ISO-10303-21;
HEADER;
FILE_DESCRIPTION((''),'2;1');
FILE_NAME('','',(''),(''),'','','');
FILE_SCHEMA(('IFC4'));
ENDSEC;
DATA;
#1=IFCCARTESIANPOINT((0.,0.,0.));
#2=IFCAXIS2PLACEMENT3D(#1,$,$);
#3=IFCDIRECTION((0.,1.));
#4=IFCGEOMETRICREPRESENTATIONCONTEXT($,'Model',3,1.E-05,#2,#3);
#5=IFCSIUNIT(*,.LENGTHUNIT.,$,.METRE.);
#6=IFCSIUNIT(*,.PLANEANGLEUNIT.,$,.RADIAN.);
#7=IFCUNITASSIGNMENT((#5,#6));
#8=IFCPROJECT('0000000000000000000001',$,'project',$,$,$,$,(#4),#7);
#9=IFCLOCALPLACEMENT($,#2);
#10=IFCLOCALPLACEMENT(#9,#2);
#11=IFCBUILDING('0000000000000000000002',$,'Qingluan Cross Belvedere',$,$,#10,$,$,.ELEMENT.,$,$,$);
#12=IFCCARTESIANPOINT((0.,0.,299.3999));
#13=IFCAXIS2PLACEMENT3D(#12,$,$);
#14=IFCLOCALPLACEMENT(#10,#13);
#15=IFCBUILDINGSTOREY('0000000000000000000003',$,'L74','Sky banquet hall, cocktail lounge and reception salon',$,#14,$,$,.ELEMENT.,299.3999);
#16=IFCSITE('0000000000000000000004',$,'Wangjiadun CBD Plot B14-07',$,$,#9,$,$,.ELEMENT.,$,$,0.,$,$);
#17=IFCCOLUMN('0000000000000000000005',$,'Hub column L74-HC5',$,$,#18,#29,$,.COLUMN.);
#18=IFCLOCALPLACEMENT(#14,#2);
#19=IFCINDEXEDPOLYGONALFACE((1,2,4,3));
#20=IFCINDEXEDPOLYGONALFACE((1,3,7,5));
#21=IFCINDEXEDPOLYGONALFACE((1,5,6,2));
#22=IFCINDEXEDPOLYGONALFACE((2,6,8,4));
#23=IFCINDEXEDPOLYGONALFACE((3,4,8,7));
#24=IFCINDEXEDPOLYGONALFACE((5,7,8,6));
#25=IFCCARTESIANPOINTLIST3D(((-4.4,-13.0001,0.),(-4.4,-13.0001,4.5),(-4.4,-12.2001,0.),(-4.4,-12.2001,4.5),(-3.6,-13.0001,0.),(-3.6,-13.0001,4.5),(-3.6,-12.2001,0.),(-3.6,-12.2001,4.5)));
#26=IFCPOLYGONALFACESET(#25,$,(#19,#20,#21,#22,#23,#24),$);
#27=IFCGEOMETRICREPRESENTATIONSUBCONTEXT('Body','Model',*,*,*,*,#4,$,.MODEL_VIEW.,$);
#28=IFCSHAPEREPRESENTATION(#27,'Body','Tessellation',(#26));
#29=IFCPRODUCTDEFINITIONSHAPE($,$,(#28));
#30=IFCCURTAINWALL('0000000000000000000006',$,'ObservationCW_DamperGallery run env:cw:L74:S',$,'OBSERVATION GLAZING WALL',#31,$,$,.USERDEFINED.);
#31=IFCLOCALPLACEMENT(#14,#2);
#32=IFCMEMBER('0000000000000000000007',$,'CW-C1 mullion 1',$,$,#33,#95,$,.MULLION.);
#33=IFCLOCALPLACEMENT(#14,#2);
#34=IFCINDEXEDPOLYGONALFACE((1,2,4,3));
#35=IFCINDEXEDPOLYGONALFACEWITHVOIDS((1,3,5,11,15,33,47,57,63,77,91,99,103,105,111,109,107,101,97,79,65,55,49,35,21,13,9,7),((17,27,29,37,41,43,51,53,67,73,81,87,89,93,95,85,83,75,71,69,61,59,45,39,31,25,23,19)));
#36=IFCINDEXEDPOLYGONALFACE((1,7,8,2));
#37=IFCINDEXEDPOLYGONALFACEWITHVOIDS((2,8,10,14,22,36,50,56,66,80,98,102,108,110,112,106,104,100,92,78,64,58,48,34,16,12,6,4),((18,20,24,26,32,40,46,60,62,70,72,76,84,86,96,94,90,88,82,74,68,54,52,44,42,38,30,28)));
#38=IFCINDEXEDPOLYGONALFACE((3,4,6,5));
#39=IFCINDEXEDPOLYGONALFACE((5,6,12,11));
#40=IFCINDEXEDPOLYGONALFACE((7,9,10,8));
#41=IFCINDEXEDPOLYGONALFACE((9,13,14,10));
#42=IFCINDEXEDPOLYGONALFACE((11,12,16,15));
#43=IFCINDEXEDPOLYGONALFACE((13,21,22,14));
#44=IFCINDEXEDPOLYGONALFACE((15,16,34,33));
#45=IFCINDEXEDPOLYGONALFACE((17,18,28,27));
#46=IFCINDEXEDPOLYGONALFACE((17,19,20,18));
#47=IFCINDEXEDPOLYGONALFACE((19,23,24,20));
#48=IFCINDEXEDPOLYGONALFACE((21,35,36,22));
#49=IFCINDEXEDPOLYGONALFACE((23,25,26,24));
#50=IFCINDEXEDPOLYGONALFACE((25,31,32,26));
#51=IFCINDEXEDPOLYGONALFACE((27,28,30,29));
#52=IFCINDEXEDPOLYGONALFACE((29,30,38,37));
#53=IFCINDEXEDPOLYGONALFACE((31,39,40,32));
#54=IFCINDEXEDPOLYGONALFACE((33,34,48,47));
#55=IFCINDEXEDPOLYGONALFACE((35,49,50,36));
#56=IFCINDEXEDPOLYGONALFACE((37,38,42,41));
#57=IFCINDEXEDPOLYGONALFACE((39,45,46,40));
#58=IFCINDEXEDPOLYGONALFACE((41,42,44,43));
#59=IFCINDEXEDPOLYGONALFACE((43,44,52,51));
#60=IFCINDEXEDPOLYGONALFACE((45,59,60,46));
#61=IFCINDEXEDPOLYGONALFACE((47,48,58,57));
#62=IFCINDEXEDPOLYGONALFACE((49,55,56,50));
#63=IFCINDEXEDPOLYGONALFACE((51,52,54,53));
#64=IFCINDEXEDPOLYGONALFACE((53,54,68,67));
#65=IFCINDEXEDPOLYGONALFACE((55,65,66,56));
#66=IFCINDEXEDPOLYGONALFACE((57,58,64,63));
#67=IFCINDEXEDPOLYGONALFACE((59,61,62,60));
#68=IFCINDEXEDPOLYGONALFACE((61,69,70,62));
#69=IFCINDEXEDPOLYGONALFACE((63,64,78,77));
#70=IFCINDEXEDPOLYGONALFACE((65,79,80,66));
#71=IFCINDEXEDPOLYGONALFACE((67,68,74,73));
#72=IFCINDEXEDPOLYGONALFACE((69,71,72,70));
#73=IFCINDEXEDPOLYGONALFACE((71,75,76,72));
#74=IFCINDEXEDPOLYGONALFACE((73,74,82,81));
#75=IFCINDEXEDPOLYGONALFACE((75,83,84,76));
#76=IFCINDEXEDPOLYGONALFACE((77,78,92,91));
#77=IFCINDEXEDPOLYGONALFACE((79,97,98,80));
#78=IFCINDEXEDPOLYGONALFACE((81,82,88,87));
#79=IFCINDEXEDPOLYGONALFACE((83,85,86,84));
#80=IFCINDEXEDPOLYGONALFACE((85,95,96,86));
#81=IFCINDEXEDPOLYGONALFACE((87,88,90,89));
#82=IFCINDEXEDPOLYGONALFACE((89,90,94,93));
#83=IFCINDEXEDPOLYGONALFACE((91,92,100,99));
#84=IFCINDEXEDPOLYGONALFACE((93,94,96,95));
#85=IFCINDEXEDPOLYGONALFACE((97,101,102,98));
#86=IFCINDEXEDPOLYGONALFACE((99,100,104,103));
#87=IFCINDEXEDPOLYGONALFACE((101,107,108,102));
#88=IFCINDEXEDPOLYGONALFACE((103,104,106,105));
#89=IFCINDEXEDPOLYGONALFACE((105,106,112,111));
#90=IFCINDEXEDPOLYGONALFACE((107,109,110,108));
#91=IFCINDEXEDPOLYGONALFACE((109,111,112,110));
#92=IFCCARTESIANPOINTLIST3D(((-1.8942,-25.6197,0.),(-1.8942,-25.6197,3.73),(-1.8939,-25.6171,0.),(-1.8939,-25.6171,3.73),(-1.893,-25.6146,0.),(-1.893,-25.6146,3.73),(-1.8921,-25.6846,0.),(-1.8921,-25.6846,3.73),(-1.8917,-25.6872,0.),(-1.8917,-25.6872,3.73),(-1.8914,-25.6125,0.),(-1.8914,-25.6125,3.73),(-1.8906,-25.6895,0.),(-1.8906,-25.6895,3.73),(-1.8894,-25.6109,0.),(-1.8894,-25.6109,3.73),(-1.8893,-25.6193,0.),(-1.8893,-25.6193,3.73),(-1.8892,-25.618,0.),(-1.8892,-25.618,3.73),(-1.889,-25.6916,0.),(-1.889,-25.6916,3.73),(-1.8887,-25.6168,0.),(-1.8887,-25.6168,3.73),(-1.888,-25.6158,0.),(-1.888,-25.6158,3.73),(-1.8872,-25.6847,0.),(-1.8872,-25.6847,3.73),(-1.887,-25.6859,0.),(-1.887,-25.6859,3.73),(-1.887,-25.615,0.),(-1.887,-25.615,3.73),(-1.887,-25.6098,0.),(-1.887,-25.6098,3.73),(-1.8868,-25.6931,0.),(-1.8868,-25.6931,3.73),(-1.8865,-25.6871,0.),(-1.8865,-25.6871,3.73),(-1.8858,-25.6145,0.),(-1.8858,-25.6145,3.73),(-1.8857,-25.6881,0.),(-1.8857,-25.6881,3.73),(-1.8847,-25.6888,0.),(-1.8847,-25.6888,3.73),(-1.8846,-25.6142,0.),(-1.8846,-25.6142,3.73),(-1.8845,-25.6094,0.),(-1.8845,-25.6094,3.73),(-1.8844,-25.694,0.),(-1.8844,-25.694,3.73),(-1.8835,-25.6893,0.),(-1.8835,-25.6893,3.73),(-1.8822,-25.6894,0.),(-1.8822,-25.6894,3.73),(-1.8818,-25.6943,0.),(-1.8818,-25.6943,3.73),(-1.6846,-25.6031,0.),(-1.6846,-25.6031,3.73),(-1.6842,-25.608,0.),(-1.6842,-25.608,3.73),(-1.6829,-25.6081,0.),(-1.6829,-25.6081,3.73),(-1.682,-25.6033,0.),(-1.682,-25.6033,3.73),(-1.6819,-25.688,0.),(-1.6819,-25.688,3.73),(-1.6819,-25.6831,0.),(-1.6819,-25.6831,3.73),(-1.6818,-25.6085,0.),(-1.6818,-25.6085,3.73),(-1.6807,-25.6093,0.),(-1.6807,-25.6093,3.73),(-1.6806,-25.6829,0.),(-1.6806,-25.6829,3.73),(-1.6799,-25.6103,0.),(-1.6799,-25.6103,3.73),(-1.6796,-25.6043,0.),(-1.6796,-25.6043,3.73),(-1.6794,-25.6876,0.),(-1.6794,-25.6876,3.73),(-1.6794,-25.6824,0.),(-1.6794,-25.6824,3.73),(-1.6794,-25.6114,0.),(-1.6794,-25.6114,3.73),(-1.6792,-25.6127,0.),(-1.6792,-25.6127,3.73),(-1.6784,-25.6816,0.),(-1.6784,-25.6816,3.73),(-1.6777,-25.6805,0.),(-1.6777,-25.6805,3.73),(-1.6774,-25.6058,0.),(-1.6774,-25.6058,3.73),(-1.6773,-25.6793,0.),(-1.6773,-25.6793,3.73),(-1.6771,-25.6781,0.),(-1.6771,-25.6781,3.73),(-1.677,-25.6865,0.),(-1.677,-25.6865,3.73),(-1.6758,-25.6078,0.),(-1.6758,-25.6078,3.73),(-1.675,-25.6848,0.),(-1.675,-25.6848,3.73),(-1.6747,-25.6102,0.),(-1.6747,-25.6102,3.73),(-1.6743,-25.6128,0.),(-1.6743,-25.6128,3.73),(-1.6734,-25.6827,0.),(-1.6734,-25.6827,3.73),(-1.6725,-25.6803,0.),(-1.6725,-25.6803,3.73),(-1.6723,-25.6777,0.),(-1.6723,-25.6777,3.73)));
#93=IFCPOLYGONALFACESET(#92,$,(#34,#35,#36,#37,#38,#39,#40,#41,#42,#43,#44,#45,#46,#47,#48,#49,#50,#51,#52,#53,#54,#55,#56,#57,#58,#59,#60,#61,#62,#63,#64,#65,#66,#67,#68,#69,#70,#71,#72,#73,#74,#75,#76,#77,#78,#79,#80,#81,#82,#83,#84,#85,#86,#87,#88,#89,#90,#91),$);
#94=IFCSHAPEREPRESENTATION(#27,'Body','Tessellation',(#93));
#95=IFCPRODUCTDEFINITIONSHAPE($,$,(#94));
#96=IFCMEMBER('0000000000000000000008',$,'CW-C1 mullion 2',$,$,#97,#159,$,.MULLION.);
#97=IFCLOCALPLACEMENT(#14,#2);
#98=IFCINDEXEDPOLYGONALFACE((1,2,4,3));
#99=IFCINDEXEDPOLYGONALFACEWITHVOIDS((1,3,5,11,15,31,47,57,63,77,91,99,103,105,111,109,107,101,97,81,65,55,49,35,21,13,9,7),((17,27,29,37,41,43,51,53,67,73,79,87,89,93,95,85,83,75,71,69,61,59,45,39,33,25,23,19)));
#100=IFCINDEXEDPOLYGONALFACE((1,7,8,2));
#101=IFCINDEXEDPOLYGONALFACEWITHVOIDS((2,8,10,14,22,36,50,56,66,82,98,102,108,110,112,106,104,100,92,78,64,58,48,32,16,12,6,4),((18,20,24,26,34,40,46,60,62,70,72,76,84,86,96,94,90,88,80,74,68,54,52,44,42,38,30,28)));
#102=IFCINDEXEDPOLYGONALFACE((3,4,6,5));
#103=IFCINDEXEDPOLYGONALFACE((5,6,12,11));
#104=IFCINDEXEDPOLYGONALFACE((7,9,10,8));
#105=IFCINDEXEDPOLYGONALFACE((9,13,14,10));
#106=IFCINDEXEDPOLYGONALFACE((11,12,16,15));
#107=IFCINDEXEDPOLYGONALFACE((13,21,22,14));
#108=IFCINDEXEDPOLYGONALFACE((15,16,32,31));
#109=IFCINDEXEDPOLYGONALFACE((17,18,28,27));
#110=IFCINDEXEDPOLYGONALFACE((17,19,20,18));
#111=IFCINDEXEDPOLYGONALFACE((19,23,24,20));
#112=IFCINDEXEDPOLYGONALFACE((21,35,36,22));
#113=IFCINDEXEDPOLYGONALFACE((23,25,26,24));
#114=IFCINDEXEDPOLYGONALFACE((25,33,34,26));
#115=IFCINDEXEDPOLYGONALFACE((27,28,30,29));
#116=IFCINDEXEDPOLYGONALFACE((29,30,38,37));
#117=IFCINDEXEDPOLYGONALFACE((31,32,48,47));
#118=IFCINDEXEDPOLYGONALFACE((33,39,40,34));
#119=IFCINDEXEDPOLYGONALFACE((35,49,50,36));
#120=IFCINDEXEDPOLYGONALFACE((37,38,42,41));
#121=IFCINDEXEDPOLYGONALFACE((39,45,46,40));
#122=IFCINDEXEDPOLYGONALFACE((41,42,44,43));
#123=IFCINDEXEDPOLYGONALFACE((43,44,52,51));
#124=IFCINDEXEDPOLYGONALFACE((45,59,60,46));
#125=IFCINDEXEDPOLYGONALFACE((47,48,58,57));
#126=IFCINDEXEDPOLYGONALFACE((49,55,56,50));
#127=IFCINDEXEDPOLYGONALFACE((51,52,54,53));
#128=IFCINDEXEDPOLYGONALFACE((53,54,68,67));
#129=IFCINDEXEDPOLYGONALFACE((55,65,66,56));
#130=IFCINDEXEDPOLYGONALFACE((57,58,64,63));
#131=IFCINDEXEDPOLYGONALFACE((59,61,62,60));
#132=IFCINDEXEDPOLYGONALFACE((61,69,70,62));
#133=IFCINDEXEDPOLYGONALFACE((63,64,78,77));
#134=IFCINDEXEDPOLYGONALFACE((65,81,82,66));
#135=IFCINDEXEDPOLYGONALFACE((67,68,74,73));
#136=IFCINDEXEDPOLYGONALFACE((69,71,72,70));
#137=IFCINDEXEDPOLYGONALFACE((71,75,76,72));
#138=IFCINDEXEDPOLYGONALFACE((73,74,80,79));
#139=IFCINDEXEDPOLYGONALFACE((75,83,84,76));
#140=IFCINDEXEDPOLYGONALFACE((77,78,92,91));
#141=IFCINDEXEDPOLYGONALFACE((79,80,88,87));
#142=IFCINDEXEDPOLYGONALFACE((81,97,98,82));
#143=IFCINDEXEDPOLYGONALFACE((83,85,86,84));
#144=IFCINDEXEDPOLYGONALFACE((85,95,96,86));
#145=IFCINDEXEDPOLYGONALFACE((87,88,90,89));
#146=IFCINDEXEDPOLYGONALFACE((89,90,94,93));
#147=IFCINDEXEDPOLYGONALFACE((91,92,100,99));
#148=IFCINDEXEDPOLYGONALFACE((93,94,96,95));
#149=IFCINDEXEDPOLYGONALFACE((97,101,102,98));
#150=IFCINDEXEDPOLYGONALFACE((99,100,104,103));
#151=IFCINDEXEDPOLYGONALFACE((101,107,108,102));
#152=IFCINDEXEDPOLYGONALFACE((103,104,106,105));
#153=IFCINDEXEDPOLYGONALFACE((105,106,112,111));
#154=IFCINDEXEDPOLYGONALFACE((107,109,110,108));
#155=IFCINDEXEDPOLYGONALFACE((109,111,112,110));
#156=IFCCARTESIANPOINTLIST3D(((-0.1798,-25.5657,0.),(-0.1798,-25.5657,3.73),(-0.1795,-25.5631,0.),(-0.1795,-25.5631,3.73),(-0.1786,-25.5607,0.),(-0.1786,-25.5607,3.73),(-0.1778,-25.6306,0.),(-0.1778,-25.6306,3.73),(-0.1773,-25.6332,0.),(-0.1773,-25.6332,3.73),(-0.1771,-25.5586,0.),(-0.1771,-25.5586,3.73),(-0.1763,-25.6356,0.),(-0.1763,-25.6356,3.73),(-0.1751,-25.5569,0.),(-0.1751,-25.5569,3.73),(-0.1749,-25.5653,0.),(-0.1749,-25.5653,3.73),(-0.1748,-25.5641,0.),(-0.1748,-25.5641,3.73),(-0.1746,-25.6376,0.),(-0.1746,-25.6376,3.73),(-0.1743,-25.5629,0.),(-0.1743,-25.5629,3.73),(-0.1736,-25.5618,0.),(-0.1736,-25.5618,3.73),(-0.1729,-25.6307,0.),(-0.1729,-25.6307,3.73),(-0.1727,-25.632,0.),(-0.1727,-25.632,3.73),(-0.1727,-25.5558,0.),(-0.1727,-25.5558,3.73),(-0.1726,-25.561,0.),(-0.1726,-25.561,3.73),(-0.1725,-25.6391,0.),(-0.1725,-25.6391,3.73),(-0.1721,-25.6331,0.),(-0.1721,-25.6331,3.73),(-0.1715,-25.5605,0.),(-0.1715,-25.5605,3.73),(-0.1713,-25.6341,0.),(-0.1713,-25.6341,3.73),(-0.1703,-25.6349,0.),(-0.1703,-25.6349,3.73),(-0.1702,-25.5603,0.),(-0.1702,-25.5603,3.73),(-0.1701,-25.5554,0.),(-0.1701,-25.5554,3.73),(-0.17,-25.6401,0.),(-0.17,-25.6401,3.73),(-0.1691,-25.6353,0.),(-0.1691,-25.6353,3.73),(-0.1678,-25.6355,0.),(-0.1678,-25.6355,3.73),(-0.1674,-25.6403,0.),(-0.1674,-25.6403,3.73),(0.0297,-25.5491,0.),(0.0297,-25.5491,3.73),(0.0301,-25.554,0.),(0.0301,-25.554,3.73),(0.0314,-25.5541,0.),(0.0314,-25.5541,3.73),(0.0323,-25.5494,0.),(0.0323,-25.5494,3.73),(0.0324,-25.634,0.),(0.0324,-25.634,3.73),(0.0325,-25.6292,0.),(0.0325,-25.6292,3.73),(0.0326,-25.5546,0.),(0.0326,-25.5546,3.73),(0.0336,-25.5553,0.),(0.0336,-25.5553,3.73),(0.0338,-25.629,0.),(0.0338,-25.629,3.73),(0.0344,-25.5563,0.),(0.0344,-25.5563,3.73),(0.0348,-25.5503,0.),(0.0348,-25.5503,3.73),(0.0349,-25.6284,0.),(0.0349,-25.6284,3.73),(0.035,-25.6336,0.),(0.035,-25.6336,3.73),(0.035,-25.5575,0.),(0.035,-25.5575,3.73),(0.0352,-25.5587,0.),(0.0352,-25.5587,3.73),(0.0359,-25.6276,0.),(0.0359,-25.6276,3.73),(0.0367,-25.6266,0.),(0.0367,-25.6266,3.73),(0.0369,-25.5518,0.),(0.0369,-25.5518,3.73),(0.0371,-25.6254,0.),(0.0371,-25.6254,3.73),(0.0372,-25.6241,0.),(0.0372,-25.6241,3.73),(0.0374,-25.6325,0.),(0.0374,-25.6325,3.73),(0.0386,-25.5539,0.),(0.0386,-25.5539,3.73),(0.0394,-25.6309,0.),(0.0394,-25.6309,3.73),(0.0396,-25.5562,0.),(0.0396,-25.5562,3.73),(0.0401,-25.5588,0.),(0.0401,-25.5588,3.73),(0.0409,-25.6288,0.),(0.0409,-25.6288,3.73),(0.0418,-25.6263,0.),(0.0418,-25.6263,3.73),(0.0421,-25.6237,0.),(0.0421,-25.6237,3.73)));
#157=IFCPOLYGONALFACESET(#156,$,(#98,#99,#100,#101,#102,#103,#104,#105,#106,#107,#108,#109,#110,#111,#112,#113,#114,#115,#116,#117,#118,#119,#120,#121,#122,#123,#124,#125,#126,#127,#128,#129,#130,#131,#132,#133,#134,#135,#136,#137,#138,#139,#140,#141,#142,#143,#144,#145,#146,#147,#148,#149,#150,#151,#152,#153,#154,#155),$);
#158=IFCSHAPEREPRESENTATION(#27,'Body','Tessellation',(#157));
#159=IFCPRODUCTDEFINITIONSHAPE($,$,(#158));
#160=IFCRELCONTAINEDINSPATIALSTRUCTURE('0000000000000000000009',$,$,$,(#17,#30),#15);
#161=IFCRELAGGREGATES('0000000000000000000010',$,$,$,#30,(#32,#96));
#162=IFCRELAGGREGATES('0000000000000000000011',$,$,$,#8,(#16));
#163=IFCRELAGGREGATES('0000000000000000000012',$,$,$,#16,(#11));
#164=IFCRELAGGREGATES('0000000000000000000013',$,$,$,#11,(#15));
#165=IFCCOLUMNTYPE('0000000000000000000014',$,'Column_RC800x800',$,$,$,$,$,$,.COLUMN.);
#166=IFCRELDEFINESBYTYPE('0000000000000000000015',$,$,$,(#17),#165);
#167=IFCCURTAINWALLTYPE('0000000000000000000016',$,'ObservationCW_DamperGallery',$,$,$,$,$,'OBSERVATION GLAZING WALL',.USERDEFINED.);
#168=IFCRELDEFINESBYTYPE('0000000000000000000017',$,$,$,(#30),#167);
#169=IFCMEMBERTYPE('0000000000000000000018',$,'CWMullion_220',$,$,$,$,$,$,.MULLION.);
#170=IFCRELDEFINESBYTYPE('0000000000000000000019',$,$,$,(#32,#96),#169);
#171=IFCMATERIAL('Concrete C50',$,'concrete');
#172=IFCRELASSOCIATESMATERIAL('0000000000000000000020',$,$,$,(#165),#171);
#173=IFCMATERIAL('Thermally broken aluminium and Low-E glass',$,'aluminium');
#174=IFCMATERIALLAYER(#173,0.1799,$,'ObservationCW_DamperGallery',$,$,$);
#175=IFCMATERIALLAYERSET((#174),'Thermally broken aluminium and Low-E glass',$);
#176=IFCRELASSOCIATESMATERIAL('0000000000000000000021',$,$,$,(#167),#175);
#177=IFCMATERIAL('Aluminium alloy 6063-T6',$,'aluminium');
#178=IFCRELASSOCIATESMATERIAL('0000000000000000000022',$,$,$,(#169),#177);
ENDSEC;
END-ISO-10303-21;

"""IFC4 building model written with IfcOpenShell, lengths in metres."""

from ifc_helpers import new_model, si_unit, direction, frame, origin, origin_2d, place, context, subcontext, project, spatial, rectangle, hollow_rectangle, extrude, material, layer, layer_set, material_profile, profile_set, type_object, element, aggregate, save


model = new_model("IFC4")

# Units and contexts
model_context = context("Model", 3, precision=1e-05, world=origin(), true_north=direction((0.0, 1.0)))
body_context = subcontext(model_context, "Body", "Model", "MODEL_VIEW")
ifc_project = project(units=[si_unit("LENGTHUNIT", "METRE"), si_unit("PLANEANGLEUNIT", "RADIAN")], contexts=[model_context])

# Site, building, storey
site_placement = place(None, origin())
site = spatial("IfcSite", under=ifc_project, at=site_placement, Name="Wangjiadun CBD Plot B14-07", CompositionType="ELEMENT", RefElevation=0.0)
building_placement = place(site_placement, origin())
building = spatial("IfcBuilding", under=site, at=building_placement, Name="Qingluan Cross Belvedere", CompositionType="ELEMENT")
storey_placement = place(building_placement, frame((0.0, 0.0, 299.3999)))
storey = spatial("IfcBuildingStorey", under=building, at=storey_placement, Name="L74", Description="Sky banquet hall, cocktail lounge and reception salon", CompositionType="ELEMENT", Elevation=299.3999)

# Column
ifc_material_1 = material(Name="Concrete C50", Category="concrete")
ifc_material_profile_1 = material_profile(ifc_material_1, rectangle(XDim=0.8, YDim=0.8, at=origin_2d()), Name="RC800x800")
ifc_profile_set_1 = profile_set([ifc_material_profile_1], Name="Concrete C50")
column_type = type_object("IfcColumnType", Name="Column_RC800x800", PredefinedType="COLUMN", material=ifc_profile_set_1)
column_placement = place(storey_placement, frame((-4.0, -12.6001, 0.0), z_axis=(0.0, 0.0, 1.0), x_axis=(1.0, 0.0, 0.0)))
element("IfcColumn", 1, at=column_placement, inside=storey, type_object=column_type, Name="Hub column L74-HC5", PredefinedType="COLUMN", context=body_context, shape_type="SweptSolid", body=[
    extrude(rectangle(XDim=0.8, YDim=0.8, at=origin_2d()), origin(), (0.0, 0.0, 1.0), 4.5),
])

# Curtain wall, members
ifc_material_2 = material(Name="Thermally broken aluminium and Low-E glass", Category="aluminium")
ifc_layer_1 = layer(ifc_material_2, 0.1799, Name="ObservationCW_DamperGallery")
ifc_layer_set_1 = layer_set([ifc_layer_1], Name="Thermally broken aluminium and Low-E glass")
curtain_wall_type = type_object("IfcCurtainWallType", Name="ObservationCW_DamperGallery", ElementType="OBSERVATION GLAZING WALL", PredefinedType="USERDEFINED", material=ifc_layer_set_1)
curtain_wall_placement = place(storey_placement, origin())
curtain_wall = element("IfcCurtainWall", 2, at=curtain_wall_placement, inside=storey, type_object=curtain_wall_type, Name="ObservationCW_DamperGallery run env:cw:L74:S", ObjectType="OBSERVATION GLAZING WALL", PredefinedType="USERDEFINED")
ifc_material_3 = material(Name="Aluminium alloy 6063-T6", Category="aluminium")
ifc_material_profile_2 = material_profile(ifc_material_3, hollow_rectangle(XDim=0.085, YDim=0.22, WallThickness=0.0049, InnerFilletRadius=0.0049, OuterFilletRadius=0.01, at=origin_2d()), Name="CWM220x85x5")
ifc_profile_set_2 = profile_set([ifc_material_profile_2], Name="Aluminium alloy 6063-T6")
member_type_1 = type_object("IfcMemberType", Name="CWMullion_220", PredefinedType="MULLION", material=ifc_profile_set_2)
member_1_placement = place(storey_placement, frame((-1.7832, -25.6487, 0.0), z_axis=(0.0, 0.0, 1.0), x_axis=(-0.031398, 0.999507, 0.0)))
member_1 = element("IfcMember", 3, at=member_1_placement, type_object=member_type_1, Name="CW-C1 mullion 1", PredefinedType="MULLION", context=body_context, shape_type="SweptSolid", body=[
    extrude(hollow_rectangle(XDim=0.085, YDim=0.22, WallThickness=0.0049, InnerFilletRadius=0.0049, OuterFilletRadius=0.01, at=origin_2d()), origin(), (0.0, 0.0, 1.0), 3.73),
])
member_2_placement = place(storey_placement, frame((-0.0688, -25.5947, 0.0), z_axis=(0.0, 0.0, 1.0), x_axis=(-0.031398, 0.999507, 0.0)))
member_2 = element("IfcMember", 4, at=member_2_placement, type_object=member_type_1, Name="CW-C1 mullion 2", PredefinedType="MULLION", context=body_context, shape_type="SweptSolid", body=[
    extrude(hollow_rectangle(XDim=0.085, YDim=0.22, WallThickness=0.0049, InnerFilletRadius=0.0049, OuterFilletRadius=0.01, at=origin_2d()), origin(), (0.0, 0.0, 1.0), 3.73),
])
aggregate(curtain_wall, [member_1, member_2])

save(model, "model.ifc")
